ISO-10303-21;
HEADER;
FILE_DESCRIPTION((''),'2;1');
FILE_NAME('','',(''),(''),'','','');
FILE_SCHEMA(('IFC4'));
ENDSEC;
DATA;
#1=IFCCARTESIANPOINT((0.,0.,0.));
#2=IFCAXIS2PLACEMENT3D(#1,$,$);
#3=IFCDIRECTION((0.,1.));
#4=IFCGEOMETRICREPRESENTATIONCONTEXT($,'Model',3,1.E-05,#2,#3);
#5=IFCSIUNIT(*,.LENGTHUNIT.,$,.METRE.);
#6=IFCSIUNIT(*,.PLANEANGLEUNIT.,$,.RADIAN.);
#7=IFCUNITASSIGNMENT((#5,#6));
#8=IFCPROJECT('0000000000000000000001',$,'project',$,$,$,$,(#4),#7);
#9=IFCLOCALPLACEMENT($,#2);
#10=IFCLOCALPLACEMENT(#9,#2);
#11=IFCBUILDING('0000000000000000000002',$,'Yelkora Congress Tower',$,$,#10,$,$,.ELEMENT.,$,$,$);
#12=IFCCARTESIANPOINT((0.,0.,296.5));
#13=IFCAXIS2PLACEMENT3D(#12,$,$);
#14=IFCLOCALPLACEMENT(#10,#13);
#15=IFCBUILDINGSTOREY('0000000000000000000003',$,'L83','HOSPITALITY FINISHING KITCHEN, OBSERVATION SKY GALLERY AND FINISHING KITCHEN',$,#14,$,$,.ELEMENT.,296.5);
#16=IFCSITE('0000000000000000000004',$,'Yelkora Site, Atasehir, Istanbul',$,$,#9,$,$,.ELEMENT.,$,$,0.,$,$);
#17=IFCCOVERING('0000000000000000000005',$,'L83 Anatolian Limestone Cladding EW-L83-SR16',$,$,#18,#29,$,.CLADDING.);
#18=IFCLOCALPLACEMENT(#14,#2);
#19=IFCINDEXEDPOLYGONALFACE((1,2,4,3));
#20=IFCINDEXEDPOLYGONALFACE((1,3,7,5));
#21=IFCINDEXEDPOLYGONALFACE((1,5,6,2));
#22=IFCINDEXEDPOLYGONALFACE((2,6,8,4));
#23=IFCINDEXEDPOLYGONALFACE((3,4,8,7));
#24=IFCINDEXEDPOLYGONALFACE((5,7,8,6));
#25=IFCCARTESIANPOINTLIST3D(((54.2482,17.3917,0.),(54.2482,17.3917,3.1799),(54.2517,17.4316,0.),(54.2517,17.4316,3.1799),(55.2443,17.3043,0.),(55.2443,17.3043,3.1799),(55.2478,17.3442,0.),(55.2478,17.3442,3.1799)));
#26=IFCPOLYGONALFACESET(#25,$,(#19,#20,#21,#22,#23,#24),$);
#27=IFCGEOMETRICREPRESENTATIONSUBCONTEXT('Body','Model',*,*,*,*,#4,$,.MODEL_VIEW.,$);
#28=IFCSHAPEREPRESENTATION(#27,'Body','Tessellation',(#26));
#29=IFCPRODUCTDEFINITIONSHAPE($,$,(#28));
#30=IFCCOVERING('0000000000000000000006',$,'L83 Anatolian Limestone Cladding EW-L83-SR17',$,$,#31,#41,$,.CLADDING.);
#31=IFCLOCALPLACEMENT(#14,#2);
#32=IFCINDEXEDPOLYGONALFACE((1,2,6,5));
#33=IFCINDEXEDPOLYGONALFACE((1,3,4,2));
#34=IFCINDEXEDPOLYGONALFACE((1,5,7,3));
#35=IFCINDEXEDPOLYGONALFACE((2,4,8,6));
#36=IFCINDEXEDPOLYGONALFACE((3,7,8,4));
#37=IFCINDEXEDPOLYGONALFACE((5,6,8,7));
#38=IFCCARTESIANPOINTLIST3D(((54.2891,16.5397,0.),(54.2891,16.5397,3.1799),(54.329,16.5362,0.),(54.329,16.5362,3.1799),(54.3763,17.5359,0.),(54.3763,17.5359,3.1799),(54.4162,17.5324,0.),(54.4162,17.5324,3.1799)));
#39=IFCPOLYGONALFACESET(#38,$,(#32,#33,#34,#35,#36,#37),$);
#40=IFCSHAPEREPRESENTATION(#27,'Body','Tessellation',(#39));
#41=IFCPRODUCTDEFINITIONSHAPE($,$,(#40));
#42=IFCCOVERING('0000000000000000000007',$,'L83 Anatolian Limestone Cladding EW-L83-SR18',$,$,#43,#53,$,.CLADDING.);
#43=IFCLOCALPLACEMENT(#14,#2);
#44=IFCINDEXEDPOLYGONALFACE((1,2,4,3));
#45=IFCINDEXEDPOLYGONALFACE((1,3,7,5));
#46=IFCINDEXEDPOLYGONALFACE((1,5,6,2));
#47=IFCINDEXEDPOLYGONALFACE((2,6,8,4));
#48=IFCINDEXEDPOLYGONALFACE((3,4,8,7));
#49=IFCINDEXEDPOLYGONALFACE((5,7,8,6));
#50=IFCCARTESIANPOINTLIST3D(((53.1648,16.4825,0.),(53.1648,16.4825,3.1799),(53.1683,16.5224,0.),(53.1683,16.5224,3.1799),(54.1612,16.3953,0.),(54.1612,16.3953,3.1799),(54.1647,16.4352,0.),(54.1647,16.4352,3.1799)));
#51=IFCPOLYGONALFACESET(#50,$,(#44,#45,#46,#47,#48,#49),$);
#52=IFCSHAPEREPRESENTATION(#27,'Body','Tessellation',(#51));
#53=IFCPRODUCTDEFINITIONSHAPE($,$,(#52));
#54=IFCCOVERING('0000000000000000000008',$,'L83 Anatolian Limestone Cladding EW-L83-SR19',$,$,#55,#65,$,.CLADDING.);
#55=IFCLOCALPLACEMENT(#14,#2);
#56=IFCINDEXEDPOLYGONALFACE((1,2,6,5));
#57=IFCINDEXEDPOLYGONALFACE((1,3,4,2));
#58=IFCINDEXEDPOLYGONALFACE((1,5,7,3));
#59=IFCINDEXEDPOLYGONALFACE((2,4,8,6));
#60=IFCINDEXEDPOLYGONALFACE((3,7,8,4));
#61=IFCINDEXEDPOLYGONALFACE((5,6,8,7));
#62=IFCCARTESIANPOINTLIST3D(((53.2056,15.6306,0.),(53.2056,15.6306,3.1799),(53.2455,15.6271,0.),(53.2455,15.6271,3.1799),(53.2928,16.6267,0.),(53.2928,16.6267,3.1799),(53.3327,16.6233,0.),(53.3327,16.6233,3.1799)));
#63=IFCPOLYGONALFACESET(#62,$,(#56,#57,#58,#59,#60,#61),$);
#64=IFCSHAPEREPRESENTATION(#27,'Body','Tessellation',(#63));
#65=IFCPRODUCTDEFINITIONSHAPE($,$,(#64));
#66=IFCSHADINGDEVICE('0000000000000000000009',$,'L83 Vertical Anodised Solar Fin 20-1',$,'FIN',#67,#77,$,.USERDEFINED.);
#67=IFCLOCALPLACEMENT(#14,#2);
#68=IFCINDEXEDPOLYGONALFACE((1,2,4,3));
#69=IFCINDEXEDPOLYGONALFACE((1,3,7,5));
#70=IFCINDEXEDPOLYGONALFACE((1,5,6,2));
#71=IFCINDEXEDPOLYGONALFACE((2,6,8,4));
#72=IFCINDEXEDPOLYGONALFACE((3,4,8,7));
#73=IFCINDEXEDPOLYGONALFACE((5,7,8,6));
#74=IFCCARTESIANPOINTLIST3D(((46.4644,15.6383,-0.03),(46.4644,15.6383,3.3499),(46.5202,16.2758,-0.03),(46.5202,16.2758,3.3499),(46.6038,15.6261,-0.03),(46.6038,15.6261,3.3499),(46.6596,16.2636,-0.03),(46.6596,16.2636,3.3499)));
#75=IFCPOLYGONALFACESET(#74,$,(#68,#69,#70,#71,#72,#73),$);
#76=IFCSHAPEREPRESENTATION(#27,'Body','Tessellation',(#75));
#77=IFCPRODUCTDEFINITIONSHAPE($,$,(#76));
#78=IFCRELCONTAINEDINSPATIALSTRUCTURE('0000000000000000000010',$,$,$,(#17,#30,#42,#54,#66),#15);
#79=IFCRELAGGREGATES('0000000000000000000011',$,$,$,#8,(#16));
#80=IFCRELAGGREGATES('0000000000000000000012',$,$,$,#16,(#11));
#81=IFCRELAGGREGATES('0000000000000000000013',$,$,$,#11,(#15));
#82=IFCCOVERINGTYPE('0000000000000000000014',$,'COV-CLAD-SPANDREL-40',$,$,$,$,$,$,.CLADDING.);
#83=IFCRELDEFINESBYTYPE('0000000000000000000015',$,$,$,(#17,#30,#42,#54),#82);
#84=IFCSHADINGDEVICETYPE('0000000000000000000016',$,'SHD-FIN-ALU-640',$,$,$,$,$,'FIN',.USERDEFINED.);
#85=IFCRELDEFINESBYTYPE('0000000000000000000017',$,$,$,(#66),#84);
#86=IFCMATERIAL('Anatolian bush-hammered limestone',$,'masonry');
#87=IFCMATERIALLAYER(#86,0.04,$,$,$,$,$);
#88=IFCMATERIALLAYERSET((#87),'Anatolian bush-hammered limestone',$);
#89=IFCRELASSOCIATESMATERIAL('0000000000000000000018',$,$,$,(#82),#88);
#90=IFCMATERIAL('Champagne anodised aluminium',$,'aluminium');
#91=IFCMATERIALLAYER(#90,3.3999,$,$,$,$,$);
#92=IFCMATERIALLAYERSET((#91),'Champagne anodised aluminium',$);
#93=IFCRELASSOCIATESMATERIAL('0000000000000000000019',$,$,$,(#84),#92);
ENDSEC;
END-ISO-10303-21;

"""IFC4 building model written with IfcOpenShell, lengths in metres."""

from ifc_helpers import new_model, si_unit, direction, frame, frame_2d, origin, origin_2d, place, context, subcontext, project, spatial, rectangle, extrude, material, layer, layer_set, type_object, element, save


model = new_model("IFC4")

# Units and contexts
model_context = context("Model", 3, precision=1e-05, world=origin(), true_north=direction((0.0, 1.0)))
body_context = subcontext(model_context, "Body", "Model", "MODEL_VIEW")
ifc_project = project(units=[si_unit("LENGTHUNIT", "METRE"), si_unit("PLANEANGLEUNIT", "RADIAN")], contexts=[model_context])

# Site, building, storey
site_placement = place(None, origin())
site = spatial("IfcSite", under=ifc_project, at=site_placement, Name="Yelkora Site, Atasehir, Istanbul", CompositionType="ELEMENT", RefElevation=0.0)
building_placement = place(site_placement, origin())
building = spatial("IfcBuilding", under=site, at=building_placement, Name="Yelkora Congress Tower", CompositionType="ELEMENT")
storey_placement = place(building_placement, frame((0.0, 0.0, 296.5)))
storey = spatial("IfcBuildingStorey", under=building, at=storey_placement, Name="L83", Description="HOSPITALITY FINISHING KITCHEN, OBSERVATION SKY GALLERY AND FINISHING KITCHEN", CompositionType="ELEMENT", Elevation=296.5)

# Coverings
ifc_material_1 = material(Name="Anatolian bush-hammered limestone", Category="masonry")
ifc_layer_1 = layer(ifc_material_1, 0.04)
ifc_layer_set_1 = layer_set([ifc_layer_1], Name="Anatolian bush-hammered limestone")
covering_type = type_object("IfcCoveringType", Name="COV-CLAD-SPANDREL-40", PredefinedType="CLADDING", material=ifc_layer_set_1)
for number, where, z_axis, x_axis, name in (
    (1, (55.2461, 17.3242, 0.0), (0.0, 0.0, 1.0), (-0.996172, 0.087409, 0.0), "L83 Anatolian Limestone Cladding EW-L83-SR16"),
    (2, (54.3962, 17.5342, 0.0), (0.0, 0.0, 1.0), (-0.087167, -0.996194, 0.0), "L83 Anatolian Limestone Cladding EW-L83-SR17"),
):
    element("IfcCovering", number, at=place(storey_placement, frame(where, z_axis=z_axis, x_axis=x_axis)), inside=storey, type_object=covering_type, Name=name, PredefinedType="CLADDING", context=body_context, shape_type="SweptSolid", body=[
        extrude(rectangle(XDim=1.0, YDim=0.04, at=frame_2d((0.5, 0.0))), origin(), (0.0, 0.0, 1.0), 3.1799),
    ])
covering_1_placement = place(storey_placement, frame((54.1628, 16.4153, 0.0), z_axis=(0.0, 0.0, 1.0), x_axis=(-0.996196, 0.087146, 0.0)))
element("IfcCovering", 3, at=covering_1_placement, inside=storey, type_object=covering_type, Name="L83 Anatolian Limestone Cladding EW-L83-SR18", PredefinedType="CLADDING", context=body_context, shape_type="SweptSolid", body=[
    extrude(rectangle(XDim=1.0002, YDim=0.04, at=frame_2d((0.5, 0.0))), origin(), (0.0, 0.0, 1.0), 3.1799),
])
covering_2_placement = place(storey_placement, frame((53.3127, 16.625, 0.0), z_axis=(0.0, 0.0, 1.0), x_axis=(-0.087167, -0.996194, 0.0)))
element("IfcCovering", 4, at=covering_2_placement, inside=storey, type_object=covering_type, Name="L83 Anatolian Limestone Cladding EW-L83-SR19", PredefinedType="CLADDING", context=body_context, shape_type="SweptSolid", body=[
    extrude(rectangle(XDim=1.0, YDim=0.04, at=frame_2d((0.5, 0.0))), origin(), (0.0, 0.0, 1.0), 3.1799),
])

# Shading device
ifc_material_2 = material(Name="Champagne anodised aluminium", Category="aluminium")
ifc_layer_2 = layer(ifc_material_2, 3.3999)
ifc_layer_set_2 = layer_set([ifc_layer_2], Name="Champagne anodised aluminium")
shading_device_type = type_object("IfcShadingDeviceType", Name="SHD-FIN-ALU-640", ElementType="FIN", PredefinedType="USERDEFINED", material=ifc_layer_set_2)
shading_device_placement = place(storey_placement, frame((46.562, 15.9509, -0.03), z_axis=(0.0, 0.0, 1.0), x_axis=(-0.996195, 0.087156, 0.0)))
element("IfcShadingDevice", 5, at=shading_device_placement, inside=storey, type_object=shading_device_type, Name="L83 Vertical Anodised Solar Fin 20-1", ObjectType="FIN", PredefinedType="USERDEFINED", context=body_context, shape_type="SweptSolid", body=[
    extrude(rectangle(XDim=0.1399, YDim=0.6399, at=origin_2d()), origin(), (0.0, 0.0, 1.0), 3.3799),
])

save(model, "model.ifc")
